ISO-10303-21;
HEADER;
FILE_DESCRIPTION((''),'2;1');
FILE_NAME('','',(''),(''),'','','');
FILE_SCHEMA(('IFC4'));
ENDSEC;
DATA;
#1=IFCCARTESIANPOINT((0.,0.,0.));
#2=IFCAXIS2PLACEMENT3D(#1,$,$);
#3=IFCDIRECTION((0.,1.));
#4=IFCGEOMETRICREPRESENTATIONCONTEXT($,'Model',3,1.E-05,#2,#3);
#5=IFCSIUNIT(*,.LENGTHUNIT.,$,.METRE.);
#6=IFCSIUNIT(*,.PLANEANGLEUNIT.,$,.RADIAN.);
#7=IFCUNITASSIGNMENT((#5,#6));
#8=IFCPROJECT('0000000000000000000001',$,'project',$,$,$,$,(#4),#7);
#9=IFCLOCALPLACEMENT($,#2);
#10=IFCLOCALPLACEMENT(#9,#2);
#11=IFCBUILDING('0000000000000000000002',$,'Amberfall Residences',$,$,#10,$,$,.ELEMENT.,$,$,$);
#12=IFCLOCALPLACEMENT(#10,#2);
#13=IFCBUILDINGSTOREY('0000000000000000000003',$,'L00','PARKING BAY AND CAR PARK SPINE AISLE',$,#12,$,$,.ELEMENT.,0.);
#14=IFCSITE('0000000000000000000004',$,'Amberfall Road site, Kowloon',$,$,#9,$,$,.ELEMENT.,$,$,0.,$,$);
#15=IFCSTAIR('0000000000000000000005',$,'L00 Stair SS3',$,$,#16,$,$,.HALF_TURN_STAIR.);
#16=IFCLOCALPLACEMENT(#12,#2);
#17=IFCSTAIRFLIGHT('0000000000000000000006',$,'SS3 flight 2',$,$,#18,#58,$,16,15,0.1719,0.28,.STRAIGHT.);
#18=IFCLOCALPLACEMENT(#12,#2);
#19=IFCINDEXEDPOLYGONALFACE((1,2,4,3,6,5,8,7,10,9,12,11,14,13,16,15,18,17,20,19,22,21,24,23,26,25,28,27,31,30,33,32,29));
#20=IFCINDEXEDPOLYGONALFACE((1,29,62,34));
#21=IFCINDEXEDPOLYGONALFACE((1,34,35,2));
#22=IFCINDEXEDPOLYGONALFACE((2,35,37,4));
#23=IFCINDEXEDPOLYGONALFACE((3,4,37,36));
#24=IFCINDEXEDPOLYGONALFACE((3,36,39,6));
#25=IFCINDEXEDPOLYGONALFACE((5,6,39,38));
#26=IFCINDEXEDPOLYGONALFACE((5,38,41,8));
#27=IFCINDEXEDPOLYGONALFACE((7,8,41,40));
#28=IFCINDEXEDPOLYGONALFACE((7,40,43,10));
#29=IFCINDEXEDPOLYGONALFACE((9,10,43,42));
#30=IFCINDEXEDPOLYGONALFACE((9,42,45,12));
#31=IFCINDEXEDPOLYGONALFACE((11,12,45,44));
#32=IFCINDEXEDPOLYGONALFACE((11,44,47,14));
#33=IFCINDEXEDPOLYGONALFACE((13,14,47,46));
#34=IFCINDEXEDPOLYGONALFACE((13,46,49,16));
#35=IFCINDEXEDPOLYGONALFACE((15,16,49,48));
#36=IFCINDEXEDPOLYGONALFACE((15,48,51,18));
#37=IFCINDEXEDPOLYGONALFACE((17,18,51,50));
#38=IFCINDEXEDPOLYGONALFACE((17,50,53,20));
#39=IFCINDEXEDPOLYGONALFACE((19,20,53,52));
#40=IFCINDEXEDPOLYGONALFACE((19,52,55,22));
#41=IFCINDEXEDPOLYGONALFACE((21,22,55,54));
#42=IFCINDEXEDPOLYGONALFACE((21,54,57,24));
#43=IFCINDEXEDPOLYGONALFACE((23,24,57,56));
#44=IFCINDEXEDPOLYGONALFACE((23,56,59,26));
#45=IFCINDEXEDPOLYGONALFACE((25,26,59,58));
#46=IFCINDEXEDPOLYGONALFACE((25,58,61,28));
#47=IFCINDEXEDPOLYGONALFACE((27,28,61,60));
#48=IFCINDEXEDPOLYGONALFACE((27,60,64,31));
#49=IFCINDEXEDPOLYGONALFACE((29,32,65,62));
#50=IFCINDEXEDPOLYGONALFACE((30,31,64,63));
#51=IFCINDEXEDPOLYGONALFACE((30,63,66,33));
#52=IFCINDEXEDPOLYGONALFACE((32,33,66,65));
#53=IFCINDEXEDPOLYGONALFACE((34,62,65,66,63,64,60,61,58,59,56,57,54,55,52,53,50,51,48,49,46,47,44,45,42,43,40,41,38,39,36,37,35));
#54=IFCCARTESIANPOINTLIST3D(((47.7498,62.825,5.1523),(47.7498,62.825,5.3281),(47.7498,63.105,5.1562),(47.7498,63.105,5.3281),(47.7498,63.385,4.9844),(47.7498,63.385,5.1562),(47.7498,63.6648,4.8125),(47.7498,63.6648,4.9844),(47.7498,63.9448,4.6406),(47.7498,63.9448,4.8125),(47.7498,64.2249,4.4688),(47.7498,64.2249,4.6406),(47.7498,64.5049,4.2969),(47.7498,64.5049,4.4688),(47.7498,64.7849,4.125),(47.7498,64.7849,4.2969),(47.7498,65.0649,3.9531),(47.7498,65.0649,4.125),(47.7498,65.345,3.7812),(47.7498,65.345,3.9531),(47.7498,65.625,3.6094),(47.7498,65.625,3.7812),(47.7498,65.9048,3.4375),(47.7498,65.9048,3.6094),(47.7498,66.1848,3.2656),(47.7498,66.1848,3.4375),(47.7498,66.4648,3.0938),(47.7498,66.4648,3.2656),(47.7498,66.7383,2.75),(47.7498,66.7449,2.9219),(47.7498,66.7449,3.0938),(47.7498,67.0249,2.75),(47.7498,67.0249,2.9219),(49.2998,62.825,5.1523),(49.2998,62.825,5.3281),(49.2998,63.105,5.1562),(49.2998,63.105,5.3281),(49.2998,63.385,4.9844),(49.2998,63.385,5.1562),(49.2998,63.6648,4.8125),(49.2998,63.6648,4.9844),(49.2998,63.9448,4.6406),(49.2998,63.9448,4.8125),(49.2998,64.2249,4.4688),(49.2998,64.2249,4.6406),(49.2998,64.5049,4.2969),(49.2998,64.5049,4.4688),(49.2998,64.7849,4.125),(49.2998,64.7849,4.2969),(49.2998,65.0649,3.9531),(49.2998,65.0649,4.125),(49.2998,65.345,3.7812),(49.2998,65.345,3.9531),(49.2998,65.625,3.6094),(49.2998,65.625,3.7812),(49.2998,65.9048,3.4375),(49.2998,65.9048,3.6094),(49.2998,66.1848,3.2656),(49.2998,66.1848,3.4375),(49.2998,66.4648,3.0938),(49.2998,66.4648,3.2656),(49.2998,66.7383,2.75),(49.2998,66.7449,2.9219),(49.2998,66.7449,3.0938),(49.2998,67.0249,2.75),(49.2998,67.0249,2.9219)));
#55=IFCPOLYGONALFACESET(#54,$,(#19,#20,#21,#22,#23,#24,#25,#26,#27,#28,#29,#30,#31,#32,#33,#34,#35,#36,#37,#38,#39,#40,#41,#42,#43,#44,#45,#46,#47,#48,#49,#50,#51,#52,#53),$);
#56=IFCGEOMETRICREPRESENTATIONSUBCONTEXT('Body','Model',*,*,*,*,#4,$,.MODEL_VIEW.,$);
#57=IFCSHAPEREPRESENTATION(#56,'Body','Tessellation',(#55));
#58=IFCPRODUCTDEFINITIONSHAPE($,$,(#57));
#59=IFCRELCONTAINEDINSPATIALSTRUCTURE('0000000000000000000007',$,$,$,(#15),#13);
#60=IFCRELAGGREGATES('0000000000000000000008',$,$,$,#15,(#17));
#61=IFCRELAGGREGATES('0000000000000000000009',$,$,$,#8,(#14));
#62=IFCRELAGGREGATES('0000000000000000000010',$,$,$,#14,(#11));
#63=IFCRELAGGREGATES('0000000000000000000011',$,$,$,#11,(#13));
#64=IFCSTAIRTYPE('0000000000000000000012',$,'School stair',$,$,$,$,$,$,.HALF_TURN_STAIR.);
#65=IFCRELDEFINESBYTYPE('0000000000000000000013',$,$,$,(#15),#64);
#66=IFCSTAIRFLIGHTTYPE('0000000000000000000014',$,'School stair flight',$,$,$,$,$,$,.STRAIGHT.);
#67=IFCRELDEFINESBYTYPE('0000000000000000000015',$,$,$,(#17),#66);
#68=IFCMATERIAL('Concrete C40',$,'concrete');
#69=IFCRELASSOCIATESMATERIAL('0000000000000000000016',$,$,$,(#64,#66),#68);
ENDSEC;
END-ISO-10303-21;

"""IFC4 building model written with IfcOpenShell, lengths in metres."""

from ifc_helpers import new_model, si_unit, direction, frame, origin, place, context, subcontext, project, spatial, polyline, outline, extrude, material, type_object, element, aggregate, save


model = new_model("IFC4")

# Units and contexts
model_context = context("Model", 3, precision=1e-05, world=origin(), true_north=direction((0.0, 1.0)))
body_context = subcontext(model_context, "Body", "Model", "MODEL_VIEW")
ifc_project = project(units=[si_unit("LENGTHUNIT", "METRE"), si_unit("PLANEANGLEUNIT", "RADIAN")], contexts=[model_context])

# Site, building, storey
site_placement = place(None, origin())
site = spatial("IfcSite", under=ifc_project, at=site_placement, Name="Amberfall Road site, Kowloon", CompositionType="ELEMENT", RefElevation=0.0)
building_placement = place(site_placement, origin())
building = spatial("IfcBuilding", under=site, at=building_placement, Name="Amberfall Residences", CompositionType="ELEMENT")
storey_placement = place(building_placement, origin())
storey = spatial("IfcBuildingStorey", under=building, at=storey_placement, Name="L00", Description="PARKING BAY AND CAR PARK SPINE AISLE", CompositionType="ELEMENT", Elevation=0.0)

# Stair, stair flight
ifc_material_1 = material(Name="Concrete C40", Category="concrete")
stair_type = type_object("IfcStairType", Name="School stair", PredefinedType="HALF_TURN_STAIR", material=ifc_material_1)
stair_placement = place(storey_placement, origin())
stair = element("IfcStair", 1, at=stair_placement, inside=storey, type_object=stair_type, Name="L00 Stair SS3", PredefinedType="HALF_TURN_STAIR")
stair_flight_type = type_object("IfcStairFlightType", Name="School stair flight", PredefinedType="STRAIGHT", material=ifc_material_1)
stair_flight_1_placement = place(storey_placement, frame((48.5249, 67.0249, 2.75), z_axis=(0.0, 0.0, 1.0), x_axis=(0.0, -1.0, 0.0)))
stair_flight_1 = element("IfcStairFlight", 2, at=stair_flight_1_placement, type_object=stair_flight_type, Name="SS3 flight 2", NumberOfRisers=16, NumberOfTreads=15, PredefinedType="STRAIGHT", RiserHeight=0.1719, TreadLength=0.28, context=body_context, shape_type="SweptSolid", body=[
    extrude(outline(polyline([(0.0, 0.0), (0.0, 0.1719), (0.28, 0.1719), (0.28, 0.3438), (0.5601, 0.3438), (0.5601, 0.5156), (0.8401, 0.5156), (0.8401, 0.6875), (1.1201, 0.6875), (1.1201, 0.8594), (1.3999, 0.8594), (1.3999, 1.0312), (1.6799, 1.0312), (1.6799, 1.2031), (1.96, 1.2031), (1.96, 1.375), (2.24, 1.375), (2.24, 1.5469), (2.52, 1.5469), (2.52, 1.7188), (2.8, 1.7188), (2.8, 1.8906), (3.0801, 1.8906), (3.0801, 2.0625), (3.3601, 2.0625), (3.3601, 2.2344), (3.6399, 2.2344), (3.6399, 2.4062), (3.9199, 2.4062), (3.9199, 2.5781), (4.2, 2.5781), (4.2, 2.75), (4.2, 2.4023), (0.2866, 0.0), (0.0, 0.0)])), frame((0.0, 0.7749, 0.0), z_axis=(0.0, -1.0, 0.0), x_axis=(1.0, 0.0, 0.0)), (0.0, 0.0, 1.0), 1.55),
])
aggregate(stair, [stair_flight_1])

save(model, "model.ifc")
